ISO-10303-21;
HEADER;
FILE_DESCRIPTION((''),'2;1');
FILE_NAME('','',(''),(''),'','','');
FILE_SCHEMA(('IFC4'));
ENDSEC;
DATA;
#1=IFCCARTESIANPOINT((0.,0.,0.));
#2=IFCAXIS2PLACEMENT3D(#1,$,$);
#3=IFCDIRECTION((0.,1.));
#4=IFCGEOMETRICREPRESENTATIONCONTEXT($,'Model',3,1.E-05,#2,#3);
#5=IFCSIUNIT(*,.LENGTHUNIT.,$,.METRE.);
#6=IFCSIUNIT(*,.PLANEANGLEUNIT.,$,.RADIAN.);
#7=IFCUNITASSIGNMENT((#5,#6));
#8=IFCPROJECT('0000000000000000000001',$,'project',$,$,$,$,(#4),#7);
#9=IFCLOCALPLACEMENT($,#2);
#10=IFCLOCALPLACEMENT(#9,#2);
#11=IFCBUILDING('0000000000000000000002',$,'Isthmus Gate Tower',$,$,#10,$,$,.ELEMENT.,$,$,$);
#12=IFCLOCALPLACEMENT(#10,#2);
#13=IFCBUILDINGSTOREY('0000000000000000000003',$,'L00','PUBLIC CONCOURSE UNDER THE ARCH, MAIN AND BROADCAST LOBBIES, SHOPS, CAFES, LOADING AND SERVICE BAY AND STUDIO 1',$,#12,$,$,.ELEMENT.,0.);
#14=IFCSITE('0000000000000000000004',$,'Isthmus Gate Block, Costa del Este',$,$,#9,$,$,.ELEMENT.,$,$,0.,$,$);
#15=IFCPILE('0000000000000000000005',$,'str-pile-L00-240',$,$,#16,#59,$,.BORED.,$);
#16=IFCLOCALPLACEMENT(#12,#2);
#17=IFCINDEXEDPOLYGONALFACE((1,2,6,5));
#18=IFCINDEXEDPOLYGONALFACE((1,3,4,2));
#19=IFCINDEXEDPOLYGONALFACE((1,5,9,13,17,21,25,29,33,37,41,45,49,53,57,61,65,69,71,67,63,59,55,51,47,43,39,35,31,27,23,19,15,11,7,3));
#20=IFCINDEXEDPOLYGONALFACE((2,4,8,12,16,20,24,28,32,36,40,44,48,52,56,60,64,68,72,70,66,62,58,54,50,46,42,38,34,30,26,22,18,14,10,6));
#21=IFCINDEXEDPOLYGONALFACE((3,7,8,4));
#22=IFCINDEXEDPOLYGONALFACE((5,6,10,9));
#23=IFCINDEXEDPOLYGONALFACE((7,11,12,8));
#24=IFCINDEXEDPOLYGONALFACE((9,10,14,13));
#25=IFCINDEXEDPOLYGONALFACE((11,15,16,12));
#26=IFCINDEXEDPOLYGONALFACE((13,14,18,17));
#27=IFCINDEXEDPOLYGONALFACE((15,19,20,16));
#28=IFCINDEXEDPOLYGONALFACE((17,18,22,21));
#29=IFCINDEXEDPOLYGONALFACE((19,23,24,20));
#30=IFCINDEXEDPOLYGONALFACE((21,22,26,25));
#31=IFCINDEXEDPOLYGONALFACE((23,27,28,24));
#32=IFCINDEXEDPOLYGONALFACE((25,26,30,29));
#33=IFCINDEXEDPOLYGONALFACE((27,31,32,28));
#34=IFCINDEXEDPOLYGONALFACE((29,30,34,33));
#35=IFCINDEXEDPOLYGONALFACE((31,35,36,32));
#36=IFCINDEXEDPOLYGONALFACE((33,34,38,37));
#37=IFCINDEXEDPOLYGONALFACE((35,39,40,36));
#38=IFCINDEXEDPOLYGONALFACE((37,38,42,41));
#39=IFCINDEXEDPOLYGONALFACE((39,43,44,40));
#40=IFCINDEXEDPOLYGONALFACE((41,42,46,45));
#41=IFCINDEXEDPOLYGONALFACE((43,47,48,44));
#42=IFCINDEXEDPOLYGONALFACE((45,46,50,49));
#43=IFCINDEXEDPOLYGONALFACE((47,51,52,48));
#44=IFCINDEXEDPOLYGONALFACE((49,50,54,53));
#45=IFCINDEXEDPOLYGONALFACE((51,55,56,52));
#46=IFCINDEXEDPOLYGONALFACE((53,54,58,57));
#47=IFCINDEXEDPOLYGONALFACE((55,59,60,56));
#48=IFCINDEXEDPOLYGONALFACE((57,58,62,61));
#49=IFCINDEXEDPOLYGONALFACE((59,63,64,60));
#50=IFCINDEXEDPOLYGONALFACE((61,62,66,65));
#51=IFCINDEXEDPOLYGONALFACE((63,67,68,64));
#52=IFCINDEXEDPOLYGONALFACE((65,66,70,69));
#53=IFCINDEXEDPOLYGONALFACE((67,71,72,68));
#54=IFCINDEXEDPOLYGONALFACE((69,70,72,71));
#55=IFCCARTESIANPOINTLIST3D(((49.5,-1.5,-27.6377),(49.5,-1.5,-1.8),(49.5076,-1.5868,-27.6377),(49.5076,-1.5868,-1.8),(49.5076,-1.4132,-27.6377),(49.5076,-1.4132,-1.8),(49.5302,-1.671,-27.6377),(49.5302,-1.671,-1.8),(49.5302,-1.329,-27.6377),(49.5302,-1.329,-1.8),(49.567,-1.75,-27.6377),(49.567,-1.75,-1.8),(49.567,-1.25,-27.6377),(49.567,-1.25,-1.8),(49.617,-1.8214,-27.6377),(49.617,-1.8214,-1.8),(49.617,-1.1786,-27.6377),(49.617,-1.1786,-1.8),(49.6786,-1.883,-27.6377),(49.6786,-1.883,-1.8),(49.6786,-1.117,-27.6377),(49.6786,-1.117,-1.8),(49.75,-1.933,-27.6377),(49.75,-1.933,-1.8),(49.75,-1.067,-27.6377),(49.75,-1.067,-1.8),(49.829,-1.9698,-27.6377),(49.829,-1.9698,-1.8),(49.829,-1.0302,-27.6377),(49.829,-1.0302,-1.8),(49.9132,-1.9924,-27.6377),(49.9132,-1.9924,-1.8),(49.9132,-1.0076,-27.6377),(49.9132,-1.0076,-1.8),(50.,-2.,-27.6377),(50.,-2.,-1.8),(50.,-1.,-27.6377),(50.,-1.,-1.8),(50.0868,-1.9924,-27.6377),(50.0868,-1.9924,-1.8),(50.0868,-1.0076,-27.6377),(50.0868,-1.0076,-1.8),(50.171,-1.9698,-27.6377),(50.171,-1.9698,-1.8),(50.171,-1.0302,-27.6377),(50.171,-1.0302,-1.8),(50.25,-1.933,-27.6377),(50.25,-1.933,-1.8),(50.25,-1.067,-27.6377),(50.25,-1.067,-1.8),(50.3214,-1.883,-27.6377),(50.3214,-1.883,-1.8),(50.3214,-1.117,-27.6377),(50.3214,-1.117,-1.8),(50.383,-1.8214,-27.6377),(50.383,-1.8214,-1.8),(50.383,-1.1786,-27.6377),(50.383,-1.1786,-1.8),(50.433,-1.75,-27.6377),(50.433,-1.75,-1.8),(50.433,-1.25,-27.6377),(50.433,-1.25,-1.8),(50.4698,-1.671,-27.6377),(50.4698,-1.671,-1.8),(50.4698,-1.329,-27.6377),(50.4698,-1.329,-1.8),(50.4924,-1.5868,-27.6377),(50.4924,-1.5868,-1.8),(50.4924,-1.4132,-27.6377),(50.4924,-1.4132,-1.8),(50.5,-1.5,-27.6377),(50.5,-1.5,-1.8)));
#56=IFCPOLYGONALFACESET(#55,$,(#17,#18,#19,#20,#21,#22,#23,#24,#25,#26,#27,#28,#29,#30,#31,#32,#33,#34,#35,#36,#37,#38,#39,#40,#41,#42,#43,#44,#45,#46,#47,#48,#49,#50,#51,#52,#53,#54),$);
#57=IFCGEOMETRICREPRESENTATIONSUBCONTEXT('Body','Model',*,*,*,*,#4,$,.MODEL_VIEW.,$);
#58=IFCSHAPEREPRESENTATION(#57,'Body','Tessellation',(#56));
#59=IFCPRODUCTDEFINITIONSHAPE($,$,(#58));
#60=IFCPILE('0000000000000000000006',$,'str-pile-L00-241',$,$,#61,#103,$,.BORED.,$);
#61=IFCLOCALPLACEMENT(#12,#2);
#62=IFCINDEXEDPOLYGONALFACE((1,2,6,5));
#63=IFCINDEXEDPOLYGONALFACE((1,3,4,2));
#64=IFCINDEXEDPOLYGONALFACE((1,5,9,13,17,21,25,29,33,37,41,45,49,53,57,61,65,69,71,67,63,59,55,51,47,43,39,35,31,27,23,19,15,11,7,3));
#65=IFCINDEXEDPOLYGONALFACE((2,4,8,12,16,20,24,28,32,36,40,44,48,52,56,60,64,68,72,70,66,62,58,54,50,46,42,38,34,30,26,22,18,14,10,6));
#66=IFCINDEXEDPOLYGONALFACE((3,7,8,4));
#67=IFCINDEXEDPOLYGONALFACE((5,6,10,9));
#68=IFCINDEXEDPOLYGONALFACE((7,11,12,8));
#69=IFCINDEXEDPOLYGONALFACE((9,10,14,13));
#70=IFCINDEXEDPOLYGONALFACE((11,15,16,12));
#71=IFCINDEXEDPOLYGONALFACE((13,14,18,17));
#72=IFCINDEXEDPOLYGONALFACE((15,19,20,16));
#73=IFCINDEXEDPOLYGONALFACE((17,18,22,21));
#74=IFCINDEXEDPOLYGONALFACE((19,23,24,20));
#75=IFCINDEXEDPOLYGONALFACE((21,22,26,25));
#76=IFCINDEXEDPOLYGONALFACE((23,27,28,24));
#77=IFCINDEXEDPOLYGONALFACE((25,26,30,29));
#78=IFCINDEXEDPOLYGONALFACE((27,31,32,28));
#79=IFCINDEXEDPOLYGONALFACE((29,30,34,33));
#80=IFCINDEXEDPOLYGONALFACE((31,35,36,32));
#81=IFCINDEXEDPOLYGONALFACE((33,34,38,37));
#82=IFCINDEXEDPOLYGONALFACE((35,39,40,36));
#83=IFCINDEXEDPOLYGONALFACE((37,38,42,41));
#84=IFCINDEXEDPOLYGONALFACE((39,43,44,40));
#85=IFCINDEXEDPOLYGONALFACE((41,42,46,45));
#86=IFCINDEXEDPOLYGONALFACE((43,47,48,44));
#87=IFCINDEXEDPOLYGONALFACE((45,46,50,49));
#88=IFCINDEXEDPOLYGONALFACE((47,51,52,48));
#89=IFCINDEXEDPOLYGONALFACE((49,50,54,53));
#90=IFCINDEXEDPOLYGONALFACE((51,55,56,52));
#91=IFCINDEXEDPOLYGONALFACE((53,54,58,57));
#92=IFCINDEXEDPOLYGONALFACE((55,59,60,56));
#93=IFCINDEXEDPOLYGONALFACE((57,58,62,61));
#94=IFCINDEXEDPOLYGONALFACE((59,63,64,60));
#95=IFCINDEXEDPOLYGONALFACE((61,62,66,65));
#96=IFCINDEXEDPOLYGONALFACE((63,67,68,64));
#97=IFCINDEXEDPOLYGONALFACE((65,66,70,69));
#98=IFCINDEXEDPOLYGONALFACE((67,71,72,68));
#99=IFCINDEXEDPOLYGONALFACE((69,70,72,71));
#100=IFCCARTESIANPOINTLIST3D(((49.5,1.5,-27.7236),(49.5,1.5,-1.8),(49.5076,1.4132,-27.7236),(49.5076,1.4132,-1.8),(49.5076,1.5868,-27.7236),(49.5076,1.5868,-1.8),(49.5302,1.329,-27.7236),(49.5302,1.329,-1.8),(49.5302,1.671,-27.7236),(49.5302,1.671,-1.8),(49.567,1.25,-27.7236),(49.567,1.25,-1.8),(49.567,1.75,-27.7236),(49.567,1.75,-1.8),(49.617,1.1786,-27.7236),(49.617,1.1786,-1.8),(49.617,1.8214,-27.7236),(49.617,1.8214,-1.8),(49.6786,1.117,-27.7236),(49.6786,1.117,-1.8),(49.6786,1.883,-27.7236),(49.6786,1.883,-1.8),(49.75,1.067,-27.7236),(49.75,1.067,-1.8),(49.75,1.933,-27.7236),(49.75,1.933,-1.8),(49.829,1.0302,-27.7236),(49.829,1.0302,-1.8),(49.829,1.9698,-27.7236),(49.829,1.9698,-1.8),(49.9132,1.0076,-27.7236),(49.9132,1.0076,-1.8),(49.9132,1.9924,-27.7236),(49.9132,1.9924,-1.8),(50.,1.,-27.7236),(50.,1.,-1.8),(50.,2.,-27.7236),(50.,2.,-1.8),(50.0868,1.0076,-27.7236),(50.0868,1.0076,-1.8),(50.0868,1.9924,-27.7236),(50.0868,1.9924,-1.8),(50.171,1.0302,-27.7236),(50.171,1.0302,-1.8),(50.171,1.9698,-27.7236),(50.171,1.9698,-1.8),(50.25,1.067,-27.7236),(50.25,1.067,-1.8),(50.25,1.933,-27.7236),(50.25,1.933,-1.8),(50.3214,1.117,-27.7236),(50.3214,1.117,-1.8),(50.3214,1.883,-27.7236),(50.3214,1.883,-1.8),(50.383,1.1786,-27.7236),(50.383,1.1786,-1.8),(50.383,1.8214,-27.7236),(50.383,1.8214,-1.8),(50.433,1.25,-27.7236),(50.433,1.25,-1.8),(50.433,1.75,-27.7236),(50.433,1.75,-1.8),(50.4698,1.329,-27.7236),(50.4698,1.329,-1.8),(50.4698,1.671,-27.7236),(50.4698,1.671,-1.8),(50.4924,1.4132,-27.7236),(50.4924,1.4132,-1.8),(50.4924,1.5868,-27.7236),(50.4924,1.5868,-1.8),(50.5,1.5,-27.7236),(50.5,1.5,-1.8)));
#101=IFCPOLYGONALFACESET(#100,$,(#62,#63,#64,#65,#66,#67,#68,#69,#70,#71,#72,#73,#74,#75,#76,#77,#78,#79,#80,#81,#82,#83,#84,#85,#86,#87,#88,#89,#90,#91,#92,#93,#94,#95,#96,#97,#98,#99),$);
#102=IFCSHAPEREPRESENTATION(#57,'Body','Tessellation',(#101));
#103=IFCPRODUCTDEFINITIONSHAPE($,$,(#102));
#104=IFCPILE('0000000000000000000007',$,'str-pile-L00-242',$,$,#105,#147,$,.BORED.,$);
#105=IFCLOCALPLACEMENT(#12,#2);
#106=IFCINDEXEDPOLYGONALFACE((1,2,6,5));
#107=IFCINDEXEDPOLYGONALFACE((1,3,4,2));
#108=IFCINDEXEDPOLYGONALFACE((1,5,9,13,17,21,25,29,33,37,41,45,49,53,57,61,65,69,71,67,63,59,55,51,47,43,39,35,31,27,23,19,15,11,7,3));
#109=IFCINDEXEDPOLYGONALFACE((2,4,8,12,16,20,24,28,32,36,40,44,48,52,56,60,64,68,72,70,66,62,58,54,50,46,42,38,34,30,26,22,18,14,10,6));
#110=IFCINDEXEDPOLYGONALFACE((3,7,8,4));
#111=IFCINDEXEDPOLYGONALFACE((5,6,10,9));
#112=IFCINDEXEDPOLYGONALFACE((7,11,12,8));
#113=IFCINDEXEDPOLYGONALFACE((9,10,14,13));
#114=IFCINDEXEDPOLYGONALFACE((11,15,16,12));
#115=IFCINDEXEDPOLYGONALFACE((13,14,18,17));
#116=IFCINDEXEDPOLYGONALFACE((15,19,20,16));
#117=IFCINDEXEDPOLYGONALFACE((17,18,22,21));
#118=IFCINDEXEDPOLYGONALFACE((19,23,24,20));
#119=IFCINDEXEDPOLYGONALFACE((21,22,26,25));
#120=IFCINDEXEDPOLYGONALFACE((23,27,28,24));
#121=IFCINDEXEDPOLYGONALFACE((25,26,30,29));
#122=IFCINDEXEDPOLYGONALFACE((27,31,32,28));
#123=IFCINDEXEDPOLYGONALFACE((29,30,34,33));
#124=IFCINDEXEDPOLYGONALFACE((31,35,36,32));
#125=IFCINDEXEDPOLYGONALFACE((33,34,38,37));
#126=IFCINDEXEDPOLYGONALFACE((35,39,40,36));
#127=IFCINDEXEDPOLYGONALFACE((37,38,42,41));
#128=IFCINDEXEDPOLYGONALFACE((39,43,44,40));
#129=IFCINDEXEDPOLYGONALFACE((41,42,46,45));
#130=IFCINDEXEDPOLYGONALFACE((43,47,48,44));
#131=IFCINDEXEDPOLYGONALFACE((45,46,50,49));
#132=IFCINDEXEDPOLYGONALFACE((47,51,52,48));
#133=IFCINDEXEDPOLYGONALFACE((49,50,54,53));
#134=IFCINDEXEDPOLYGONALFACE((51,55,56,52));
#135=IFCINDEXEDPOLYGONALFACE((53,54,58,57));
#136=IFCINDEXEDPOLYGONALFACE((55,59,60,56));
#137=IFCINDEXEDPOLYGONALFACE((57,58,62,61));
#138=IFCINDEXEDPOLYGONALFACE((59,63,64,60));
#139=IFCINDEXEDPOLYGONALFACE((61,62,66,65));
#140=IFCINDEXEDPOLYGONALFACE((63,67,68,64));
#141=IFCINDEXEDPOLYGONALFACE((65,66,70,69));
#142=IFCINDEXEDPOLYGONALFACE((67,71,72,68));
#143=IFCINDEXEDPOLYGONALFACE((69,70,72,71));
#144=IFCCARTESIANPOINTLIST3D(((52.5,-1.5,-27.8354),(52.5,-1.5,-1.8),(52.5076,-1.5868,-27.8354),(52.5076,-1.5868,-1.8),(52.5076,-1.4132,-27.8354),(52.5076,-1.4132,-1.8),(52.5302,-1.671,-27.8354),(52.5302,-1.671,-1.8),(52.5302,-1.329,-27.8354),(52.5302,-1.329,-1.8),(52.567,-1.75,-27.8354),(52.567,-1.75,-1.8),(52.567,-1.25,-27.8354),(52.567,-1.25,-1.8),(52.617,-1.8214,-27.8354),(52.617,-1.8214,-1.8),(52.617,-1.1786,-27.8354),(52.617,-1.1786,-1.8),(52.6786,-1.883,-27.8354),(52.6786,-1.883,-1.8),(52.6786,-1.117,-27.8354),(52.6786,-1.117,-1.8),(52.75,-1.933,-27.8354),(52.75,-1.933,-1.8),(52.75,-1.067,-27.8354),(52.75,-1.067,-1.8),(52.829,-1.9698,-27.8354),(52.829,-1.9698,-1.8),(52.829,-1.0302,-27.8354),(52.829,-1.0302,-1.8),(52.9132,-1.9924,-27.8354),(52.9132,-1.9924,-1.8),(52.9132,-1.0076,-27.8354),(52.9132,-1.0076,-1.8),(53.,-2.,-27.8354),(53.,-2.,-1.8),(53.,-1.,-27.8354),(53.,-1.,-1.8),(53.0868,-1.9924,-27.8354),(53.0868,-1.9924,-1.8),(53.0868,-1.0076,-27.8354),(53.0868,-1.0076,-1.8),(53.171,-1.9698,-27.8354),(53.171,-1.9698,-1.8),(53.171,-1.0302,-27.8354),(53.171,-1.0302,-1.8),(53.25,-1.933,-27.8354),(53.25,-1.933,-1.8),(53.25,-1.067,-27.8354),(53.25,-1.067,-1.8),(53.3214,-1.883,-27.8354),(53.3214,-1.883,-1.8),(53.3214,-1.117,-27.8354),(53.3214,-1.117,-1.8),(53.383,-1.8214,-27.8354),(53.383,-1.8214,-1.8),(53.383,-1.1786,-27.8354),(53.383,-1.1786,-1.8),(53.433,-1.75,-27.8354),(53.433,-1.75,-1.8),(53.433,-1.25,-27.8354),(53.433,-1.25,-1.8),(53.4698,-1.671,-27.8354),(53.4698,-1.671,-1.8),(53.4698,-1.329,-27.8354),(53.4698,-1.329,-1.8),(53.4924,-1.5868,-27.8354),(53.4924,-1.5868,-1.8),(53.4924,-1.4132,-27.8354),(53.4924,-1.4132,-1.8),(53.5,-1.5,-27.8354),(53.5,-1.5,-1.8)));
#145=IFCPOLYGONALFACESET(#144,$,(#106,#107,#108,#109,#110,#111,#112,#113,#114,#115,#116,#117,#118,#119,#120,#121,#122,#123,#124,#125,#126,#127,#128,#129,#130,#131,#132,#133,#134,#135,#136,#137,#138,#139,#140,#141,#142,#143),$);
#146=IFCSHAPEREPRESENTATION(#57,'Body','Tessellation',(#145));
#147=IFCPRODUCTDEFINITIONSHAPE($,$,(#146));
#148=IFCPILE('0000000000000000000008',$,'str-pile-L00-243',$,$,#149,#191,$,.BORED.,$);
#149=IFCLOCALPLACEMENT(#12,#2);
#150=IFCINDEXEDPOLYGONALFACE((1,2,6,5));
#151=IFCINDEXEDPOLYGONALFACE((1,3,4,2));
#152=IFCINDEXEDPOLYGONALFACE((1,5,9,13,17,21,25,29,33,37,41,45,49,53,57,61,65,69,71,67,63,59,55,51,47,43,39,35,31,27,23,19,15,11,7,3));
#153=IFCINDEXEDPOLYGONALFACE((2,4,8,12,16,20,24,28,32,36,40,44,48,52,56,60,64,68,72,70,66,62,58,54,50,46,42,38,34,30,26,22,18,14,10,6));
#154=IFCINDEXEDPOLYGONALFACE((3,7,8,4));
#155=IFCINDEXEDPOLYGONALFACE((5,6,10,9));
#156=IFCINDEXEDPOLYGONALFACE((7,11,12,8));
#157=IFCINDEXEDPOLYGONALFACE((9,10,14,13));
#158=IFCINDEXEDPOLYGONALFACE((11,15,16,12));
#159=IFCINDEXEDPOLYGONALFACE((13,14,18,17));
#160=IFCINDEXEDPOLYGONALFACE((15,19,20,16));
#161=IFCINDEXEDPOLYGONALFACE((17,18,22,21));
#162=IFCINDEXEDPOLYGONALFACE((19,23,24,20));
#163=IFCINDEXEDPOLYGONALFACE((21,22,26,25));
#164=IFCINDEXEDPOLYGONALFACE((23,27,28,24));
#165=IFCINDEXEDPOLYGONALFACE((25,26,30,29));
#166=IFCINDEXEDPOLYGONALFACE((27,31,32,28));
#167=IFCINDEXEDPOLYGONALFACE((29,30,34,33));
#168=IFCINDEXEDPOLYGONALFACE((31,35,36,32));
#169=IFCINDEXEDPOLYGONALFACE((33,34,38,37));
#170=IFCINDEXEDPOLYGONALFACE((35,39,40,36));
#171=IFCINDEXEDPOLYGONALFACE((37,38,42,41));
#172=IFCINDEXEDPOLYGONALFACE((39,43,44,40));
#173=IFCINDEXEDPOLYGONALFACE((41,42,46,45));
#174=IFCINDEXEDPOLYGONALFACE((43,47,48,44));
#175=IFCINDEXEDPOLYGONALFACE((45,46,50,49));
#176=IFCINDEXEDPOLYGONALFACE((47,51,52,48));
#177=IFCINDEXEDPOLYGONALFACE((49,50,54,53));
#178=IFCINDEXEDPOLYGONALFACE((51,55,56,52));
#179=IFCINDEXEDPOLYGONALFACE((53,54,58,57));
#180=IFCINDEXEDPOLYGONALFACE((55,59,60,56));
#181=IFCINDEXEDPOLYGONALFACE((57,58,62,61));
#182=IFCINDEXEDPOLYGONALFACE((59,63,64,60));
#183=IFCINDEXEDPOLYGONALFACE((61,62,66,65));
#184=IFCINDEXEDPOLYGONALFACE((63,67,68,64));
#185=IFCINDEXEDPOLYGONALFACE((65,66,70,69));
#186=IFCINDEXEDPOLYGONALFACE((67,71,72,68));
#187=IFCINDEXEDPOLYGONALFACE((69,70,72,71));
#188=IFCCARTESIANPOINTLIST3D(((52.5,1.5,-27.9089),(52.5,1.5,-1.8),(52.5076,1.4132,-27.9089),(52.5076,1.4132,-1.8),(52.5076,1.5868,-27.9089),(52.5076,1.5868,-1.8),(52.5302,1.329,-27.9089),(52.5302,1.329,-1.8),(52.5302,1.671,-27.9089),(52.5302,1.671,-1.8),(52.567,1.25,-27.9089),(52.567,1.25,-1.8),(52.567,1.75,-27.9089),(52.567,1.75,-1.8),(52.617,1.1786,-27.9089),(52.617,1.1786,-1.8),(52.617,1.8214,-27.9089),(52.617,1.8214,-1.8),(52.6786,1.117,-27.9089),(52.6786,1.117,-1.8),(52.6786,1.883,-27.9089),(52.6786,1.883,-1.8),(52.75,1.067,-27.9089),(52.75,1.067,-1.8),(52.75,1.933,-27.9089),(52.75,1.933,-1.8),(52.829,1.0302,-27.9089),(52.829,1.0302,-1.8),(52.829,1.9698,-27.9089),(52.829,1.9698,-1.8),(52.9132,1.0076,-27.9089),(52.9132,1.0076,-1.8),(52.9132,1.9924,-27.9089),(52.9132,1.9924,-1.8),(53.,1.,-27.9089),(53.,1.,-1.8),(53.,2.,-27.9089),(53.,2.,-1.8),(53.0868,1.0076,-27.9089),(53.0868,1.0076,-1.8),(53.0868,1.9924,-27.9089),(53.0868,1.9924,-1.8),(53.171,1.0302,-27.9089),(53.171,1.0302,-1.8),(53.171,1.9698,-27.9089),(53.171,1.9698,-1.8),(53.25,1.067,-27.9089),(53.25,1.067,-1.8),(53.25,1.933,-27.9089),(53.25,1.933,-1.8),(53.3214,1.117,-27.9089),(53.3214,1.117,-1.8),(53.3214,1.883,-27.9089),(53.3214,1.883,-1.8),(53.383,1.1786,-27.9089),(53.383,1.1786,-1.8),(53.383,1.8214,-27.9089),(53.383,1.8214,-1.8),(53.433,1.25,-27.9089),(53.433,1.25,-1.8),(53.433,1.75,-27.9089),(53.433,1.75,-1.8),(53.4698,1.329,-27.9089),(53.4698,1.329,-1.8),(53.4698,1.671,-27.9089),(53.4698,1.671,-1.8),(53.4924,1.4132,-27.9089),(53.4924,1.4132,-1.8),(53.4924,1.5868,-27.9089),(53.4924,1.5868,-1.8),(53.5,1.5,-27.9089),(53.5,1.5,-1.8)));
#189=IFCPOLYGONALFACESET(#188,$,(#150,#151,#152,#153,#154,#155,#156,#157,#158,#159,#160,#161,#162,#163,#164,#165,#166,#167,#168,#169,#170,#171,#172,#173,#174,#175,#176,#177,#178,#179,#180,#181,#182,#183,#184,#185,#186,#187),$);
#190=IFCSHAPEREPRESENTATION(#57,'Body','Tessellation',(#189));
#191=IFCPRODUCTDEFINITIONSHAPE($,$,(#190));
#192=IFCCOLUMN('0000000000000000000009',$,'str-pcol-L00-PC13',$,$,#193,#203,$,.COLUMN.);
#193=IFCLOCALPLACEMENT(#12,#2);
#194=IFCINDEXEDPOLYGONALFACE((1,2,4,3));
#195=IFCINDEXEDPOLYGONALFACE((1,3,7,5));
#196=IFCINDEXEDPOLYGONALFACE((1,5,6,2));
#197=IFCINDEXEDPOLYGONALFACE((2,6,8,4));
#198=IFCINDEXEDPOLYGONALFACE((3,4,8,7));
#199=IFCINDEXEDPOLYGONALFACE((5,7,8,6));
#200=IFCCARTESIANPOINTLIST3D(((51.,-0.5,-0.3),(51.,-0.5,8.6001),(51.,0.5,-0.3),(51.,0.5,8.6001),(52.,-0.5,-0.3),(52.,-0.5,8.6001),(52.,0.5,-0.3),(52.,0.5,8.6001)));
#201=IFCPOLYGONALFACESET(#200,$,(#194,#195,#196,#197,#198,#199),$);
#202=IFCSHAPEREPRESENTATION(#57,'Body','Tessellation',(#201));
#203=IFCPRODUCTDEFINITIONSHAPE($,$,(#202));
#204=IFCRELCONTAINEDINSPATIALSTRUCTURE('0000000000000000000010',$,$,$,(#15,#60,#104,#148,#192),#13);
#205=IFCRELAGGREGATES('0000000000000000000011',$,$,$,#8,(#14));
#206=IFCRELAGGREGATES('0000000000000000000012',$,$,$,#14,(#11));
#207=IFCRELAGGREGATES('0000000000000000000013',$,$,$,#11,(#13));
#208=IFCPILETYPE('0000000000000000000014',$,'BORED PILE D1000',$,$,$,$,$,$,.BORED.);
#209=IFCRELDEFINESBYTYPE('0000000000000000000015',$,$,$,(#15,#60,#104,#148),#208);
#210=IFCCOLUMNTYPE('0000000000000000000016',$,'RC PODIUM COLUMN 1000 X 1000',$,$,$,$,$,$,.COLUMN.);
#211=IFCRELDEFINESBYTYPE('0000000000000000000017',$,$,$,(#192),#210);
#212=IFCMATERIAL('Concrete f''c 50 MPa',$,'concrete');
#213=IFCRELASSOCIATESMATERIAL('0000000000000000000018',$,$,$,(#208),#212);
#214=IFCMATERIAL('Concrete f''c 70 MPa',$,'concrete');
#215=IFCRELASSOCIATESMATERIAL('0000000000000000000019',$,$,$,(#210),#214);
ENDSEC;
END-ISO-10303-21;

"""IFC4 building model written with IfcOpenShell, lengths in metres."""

from ifc_helpers import new_model, si_unit, direction, frame, origin, origin_2d, place, context, subcontext, project, spatial, rectangle, circle, extrude, material, material_profile, profile_set, type_object, element, save


model = new_model("IFC4")

# Units and contexts
model_context = context("Model", 3, precision=1e-05, world=origin(), true_north=direction((0.0, 1.0)))
body_context = subcontext(model_context, "Body", "Model", "MODEL_VIEW")
ifc_project = project(units=[si_unit("LENGTHUNIT", "METRE"), si_unit("PLANEANGLEUNIT", "RADIAN")], contexts=[model_context])

# Site, building, storey
site_placement = place(None, origin())
site = spatial("IfcSite", under=ifc_project, at=site_placement, Name="Isthmus Gate Block, Costa del Este", CompositionType="ELEMENT", RefElevation=0.0)
building_placement = place(site_placement, origin())
building = spatial("IfcBuilding", under=site, at=building_placement, Name="Isthmus Gate Tower", CompositionType="ELEMENT")
storey_placement = place(building_placement, origin())
storey = spatial("IfcBuildingStorey", under=building, at=storey_placement, Name="L00", Description="PUBLIC CONCOURSE UNDER THE ARCH, MAIN AND BROADCAST LOBBIES, SHOPS, CAFES, LOADING AND SERVICE BAY AND STUDIO 1", CompositionType="ELEMENT", Elevation=0.0)

# Piles
ifc_material_1 = material(Name="Concrete f'c 50 MPa", Category="concrete")
ifc_material_profile_1 = material_profile(ifc_material_1, circle(Radius=0.5, at=origin_2d()), Name="D1000")
ifc_profile_set_1 = profile_set([ifc_material_profile_1], Name="Concrete f'c 50 MPa")
pile_type = type_object("IfcPileType", Name="BORED PILE D1000", PredefinedType="BORED", material=ifc_profile_set_1)
pile_1_placement = place(storey_placement, frame((50.0, -1.5, -1.8), z_axis=(0.0, 0.0, -1.0), x_axis=(1.0, 0.0, 0.0)))
element("IfcPile", 1, at=pile_1_placement, inside=storey, type_object=pile_type, Name="str-pile-L00-240", PredefinedType="BORED", context=body_context, shape_type="SweptSolid", body=[
    extrude(circle(Radius=0.5, at=origin_2d()), origin(), (0.0, 0.0, 1.0), 25.8376),
])
pile_2_placement = place(storey_placement, frame((50.0, 1.5, -1.8), z_axis=(0.0, 0.0, -1.0), x_axis=(1.0, 0.0, 0.0)))
element("IfcPile", 2, at=pile_2_placement, inside=storey, type_object=pile_type, Name="str-pile-L00-241", PredefinedType="BORED", context=body_context, shape_type="SweptSolid", body=[
    extrude(circle(Radius=0.5, at=origin_2d()), origin(), (0.0, 0.0, 1.0), 25.9236),
])
pile_3_placement = place(storey_placement, frame((53.0, -1.5, -1.8), z_axis=(0.0, 0.0, -1.0), x_axis=(1.0, 0.0, 0.0)))
element("IfcPile", 3, at=pile_3_placement, inside=storey, type_object=pile_type, Name="str-pile-L00-242", PredefinedType="BORED", context=body_context, shape_type="SweptSolid", body=[
    extrude(circle(Radius=0.5, at=origin_2d()), origin(), (0.0, 0.0, 1.0), 26.0354),
])
pile_4_placement = place(storey_placement, frame((53.0, 1.5, -1.8), z_axis=(0.0, 0.0, -1.0), x_axis=(1.0, 0.0, 0.0)))
element("IfcPile", 4, at=pile_4_placement, inside=storey, type_object=pile_type, Name="str-pile-L00-243", PredefinedType="BORED", context=body_context, shape_type="SweptSolid", body=[
    extrude(circle(Radius=0.5, at=origin_2d()), origin(), (0.0, 0.0, 1.0), 26.1089),
])

# Column
ifc_material_2 = material(Name="Concrete f'c 70 MPa", Category="concrete")
ifc_material_profile_2 = material_profile(ifc_material_2, rectangle(XDim=1.0, YDim=1.0, at=origin_2d()), Name="RC 1000X1000")
ifc_profile_set_2 = profile_set([ifc_material_profile_2], Name="Concrete f'c 70 MPa")
column_type_1 = type_object("IfcColumnType", Name="RC PODIUM COLUMN 1000 X 1000", PredefinedType="COLUMN", material=ifc_profile_set_2)
for number, where, z_axis, x_axis, name in (
    (5, (51.5, 0.0, -0.3), (0.0, 0.0, 1.0), (0.0, 1.0, 0.0), "str-pcol-L00-PC13"),
):
    element("IfcColumn", number, at=place(storey_placement, frame(where, z_axis=z_axis, x_axis=x_axis)), inside=storey, type_object=column_type_1, Name=name, PredefinedType="COLUMN", context=body_context, shape_type="SweptSolid", body=[
        extrude(rectangle(XDim=1.0, YDim=1.0, at=origin_2d()), origin(), (0.0, 0.0, 1.0), 8.9001),
    ])

save(model, "model.ifc")
